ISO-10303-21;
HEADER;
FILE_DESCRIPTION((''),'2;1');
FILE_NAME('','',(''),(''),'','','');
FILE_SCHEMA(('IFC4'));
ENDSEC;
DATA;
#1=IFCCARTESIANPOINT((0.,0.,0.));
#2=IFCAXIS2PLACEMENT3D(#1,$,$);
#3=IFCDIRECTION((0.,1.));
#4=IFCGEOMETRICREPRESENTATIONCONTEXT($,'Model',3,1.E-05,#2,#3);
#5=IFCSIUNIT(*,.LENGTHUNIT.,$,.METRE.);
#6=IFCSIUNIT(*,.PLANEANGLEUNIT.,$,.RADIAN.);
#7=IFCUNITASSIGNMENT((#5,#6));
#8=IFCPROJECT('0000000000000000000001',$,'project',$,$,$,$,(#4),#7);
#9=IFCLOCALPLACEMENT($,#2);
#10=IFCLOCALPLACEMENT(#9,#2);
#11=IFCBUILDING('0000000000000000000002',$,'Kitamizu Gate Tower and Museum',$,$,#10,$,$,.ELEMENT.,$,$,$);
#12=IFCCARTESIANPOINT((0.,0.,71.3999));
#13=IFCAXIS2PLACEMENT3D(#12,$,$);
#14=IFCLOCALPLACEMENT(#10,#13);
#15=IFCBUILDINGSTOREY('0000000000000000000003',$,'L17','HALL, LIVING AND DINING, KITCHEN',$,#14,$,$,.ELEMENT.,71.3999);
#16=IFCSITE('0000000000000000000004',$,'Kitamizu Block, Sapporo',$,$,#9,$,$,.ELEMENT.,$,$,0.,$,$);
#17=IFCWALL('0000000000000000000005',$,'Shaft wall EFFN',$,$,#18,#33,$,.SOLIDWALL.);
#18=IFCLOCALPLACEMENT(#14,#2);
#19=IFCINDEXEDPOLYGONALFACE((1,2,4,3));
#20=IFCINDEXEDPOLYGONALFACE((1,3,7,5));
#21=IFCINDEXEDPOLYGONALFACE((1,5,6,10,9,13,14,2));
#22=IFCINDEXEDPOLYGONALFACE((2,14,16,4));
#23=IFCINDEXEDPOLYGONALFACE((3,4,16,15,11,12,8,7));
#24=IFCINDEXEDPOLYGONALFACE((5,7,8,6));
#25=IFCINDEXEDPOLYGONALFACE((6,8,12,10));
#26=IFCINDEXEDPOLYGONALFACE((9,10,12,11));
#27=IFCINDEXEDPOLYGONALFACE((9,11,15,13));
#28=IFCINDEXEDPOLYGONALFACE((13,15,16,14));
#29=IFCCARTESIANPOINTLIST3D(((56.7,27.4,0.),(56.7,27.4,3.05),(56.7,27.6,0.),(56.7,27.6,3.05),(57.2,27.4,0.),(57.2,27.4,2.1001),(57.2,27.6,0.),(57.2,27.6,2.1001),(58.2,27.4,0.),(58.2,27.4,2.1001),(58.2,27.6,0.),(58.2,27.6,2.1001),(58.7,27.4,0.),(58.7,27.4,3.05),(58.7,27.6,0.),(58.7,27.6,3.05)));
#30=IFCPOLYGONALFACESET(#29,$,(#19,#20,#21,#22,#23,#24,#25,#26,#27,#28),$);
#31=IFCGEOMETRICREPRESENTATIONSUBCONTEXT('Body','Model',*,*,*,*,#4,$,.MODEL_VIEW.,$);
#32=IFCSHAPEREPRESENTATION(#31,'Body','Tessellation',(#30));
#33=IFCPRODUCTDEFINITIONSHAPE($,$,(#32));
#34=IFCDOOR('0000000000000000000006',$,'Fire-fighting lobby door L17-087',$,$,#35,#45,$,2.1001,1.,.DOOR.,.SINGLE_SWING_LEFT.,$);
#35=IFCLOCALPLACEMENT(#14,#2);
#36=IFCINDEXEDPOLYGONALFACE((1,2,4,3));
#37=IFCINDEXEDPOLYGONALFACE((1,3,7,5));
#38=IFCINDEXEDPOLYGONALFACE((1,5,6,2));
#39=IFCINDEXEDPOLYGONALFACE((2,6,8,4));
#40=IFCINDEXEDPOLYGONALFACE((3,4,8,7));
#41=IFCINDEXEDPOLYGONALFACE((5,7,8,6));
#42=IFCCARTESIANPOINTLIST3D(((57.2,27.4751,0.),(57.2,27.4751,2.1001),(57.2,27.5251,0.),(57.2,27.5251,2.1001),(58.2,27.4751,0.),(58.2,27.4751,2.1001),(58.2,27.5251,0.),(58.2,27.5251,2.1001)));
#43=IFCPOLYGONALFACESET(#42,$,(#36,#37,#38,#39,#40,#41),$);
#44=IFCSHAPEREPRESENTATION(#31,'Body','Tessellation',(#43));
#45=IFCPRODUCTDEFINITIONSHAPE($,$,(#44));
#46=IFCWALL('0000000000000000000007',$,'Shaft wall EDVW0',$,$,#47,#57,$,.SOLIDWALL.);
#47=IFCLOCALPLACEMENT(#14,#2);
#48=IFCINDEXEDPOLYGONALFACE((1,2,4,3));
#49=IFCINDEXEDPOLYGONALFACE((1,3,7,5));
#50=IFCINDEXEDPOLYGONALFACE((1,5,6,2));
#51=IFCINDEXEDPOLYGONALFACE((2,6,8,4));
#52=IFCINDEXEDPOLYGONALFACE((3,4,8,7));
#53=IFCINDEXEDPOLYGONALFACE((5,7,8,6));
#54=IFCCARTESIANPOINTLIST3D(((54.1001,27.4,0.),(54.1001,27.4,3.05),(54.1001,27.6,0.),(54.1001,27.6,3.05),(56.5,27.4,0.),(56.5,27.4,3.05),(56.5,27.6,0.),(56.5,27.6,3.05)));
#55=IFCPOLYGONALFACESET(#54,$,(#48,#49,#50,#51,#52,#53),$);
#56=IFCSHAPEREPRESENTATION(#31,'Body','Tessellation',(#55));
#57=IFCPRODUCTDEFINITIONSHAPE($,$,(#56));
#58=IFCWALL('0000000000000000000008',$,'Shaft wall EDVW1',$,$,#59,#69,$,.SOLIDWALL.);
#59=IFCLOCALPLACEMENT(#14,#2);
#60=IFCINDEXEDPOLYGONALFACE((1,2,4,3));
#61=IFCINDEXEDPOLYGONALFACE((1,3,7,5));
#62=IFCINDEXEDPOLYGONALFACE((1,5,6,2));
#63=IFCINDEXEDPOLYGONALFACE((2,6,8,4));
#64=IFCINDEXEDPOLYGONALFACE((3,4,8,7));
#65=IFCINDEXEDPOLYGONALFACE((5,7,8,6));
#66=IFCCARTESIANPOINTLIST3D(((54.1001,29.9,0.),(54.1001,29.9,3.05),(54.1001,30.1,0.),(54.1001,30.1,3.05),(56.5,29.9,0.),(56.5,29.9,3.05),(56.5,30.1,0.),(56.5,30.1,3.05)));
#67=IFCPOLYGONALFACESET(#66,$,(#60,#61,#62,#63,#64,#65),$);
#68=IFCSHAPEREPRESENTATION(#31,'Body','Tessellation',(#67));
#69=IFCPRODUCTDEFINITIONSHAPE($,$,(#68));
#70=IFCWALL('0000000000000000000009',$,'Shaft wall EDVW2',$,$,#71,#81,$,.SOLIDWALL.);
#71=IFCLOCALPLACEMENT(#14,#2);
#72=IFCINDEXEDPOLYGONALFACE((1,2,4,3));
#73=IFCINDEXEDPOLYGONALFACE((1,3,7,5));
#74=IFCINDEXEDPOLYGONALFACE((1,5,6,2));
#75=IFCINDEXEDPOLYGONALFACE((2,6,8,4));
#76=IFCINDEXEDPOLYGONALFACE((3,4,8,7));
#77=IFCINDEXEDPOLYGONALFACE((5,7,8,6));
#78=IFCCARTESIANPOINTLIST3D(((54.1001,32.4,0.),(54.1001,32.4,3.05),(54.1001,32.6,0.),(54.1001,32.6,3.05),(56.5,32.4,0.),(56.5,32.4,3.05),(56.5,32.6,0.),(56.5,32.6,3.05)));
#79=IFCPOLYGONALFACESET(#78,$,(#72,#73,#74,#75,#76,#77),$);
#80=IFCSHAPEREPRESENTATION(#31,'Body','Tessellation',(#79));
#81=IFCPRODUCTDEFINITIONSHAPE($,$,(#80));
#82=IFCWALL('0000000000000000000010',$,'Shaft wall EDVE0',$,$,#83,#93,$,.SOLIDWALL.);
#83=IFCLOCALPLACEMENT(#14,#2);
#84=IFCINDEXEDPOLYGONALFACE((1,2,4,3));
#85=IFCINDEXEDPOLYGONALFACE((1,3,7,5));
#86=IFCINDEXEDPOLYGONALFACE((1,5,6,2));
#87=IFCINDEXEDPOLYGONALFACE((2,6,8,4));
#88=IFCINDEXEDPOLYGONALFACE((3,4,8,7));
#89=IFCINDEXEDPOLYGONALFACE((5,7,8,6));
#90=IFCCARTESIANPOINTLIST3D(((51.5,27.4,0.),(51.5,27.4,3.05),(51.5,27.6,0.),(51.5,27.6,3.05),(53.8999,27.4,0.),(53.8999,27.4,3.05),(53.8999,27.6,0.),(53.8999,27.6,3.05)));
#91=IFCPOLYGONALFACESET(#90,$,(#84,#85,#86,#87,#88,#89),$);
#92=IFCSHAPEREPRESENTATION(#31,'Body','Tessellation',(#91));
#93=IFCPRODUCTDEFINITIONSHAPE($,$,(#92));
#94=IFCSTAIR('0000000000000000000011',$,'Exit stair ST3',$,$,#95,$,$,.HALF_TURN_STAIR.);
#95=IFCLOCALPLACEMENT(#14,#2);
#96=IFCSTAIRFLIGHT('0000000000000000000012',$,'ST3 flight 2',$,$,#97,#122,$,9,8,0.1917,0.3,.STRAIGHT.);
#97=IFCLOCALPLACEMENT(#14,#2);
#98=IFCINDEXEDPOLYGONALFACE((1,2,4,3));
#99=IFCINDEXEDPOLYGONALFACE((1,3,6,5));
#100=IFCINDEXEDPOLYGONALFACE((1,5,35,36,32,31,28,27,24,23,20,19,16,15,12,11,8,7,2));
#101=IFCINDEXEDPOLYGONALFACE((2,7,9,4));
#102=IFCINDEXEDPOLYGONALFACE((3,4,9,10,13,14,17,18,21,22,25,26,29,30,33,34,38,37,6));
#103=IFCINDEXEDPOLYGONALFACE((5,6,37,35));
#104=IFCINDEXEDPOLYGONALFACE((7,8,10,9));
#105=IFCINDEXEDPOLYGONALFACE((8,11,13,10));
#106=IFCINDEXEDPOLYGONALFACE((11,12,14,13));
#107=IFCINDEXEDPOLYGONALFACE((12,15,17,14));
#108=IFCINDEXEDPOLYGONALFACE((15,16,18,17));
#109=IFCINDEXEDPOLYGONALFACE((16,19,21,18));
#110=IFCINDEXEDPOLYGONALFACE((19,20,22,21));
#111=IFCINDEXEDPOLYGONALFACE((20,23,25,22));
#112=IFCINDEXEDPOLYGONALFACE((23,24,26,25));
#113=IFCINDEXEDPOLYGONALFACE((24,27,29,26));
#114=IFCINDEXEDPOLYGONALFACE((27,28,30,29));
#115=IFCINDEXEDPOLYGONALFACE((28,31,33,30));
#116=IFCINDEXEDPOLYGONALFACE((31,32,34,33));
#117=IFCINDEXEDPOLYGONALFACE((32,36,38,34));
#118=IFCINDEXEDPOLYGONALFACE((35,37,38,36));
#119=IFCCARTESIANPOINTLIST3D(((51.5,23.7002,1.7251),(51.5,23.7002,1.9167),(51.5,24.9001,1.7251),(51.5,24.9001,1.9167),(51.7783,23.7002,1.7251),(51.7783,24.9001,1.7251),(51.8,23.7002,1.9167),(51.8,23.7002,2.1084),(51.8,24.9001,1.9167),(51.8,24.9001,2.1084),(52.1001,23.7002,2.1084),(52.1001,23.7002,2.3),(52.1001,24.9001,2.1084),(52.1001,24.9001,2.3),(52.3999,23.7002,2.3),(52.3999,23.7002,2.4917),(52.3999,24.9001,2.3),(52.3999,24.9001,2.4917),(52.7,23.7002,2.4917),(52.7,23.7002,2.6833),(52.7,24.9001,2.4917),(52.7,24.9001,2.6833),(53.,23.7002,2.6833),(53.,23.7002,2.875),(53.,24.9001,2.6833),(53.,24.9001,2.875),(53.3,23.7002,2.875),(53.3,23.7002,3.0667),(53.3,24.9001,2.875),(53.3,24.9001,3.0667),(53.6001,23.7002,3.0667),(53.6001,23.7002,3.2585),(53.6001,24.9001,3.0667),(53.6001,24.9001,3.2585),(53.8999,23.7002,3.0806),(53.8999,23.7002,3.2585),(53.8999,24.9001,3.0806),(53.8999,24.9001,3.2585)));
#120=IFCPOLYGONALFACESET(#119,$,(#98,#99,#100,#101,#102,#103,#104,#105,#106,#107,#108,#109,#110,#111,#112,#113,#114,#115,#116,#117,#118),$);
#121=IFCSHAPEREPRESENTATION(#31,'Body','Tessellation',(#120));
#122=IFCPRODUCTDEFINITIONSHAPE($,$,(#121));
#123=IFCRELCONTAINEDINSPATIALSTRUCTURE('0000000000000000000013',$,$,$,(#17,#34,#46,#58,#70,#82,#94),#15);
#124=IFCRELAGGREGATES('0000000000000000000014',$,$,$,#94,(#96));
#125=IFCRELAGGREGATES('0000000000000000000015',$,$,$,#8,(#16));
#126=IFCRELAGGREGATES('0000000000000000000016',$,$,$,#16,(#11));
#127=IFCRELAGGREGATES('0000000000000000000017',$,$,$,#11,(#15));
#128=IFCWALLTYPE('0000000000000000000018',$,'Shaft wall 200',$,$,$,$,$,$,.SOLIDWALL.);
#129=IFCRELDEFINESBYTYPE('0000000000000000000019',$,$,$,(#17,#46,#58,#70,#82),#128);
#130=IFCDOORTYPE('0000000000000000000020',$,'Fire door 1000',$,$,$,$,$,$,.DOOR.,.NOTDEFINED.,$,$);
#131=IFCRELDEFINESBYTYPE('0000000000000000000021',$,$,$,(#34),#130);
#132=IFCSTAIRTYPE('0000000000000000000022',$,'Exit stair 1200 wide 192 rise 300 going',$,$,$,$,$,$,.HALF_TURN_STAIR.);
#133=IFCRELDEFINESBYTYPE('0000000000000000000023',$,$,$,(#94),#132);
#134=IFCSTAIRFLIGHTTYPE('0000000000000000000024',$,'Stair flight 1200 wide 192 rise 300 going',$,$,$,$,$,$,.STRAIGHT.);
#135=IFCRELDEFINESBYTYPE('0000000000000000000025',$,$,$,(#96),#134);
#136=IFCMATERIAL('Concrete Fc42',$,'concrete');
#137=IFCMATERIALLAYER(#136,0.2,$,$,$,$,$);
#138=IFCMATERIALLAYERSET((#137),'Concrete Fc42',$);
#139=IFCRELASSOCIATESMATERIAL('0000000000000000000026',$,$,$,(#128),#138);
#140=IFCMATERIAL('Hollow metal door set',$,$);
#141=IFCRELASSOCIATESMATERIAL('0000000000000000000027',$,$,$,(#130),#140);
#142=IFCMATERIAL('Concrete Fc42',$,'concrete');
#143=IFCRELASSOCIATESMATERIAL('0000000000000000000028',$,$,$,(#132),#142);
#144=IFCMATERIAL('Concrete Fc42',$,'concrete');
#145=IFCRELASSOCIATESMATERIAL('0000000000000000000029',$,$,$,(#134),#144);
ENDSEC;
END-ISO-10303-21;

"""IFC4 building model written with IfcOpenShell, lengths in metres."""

from ifc_helpers import new_model, si_unit, direction, frame, frame_2d, origin, place, context, subcontext, project, spatial, polyline, rectangle, outline, extrude, material, layer, layer_set, type_object, element, fill, aggregate, save


model = new_model("IFC4")

# Units and contexts
model_context = context("Model", 3, precision=1e-05, world=origin(), true_north=direction((0.0, 1.0)))
body_context = subcontext(model_context, "Body", "Model", "MODEL_VIEW")
ifc_project = project(units=[si_unit("LENGTHUNIT", "METRE"), si_unit("PLANEANGLEUNIT", "RADIAN")], contexts=[model_context])

# Site, building, storey
site_placement = place(None, origin())
site = spatial("IfcSite", under=ifc_project, at=site_placement, Name="Kitamizu Block, Sapporo", CompositionType="ELEMENT", RefElevation=0.0)
building_placement = place(site_placement, origin())
building = spatial("IfcBuilding", under=site, at=building_placement, Name="Kitamizu Gate Tower and Museum", CompositionType="ELEMENT")
storey_placement = place(building_placement, frame((0.0, 0.0, 71.3999)))
storey = spatial("IfcBuildingStorey", under=building, at=storey_placement, Name="L17", Description="HALL, LIVING AND DINING, KITCHEN", CompositionType="ELEMENT", Elevation=71.3999)

# Shared definitions
ifc_material_1 = material(Name="Concrete Fc42", Category="concrete")
ifc_layer_1 = layer(ifc_material_1, 0.2)
ifc_layer_set_1 = layer_set([ifc_layer_1], Name="Concrete Fc42")
wall_type_1 = type_object("IfcWallType", Name="Shaft wall 200", PredefinedType="SOLIDWALL", material=ifc_layer_set_1)
ifc_material_2 = material(Name="Hollow metal door set")
door_type_1 = type_object("IfcDoorType", Name="Fire door 1000", OperationType="NOTDEFINED", PredefinedType="DOOR", material=ifc_material_2)

# Wall, opening, door
wall_1_placement = place(storey_placement, frame((58.7, 27.5, 0.0), z_axis=(0.0, 0.0, 1.0), x_axis=(-1.0, 0.0, 0.0)))
wall_1 = element("IfcWall", 1, at=wall_1_placement, inside=storey, type_object=wall_type_1, Name="Shaft wall EFFN", PredefinedType="SOLIDWALL", context=body_context, shape_type="SweptSolid", body=[
    extrude(rectangle(XDim=2.0, YDim=0.2, at=frame_2d((1.0, 0.0))), origin(), (0.0, 0.0, 1.0), 3.05),
])
opening_1_placement = place(wall_1_placement, frame((0.5, 0.0, 0.0)))
opening_1 = element("IfcOpeningElement", 2, at=opening_1_placement, cuts=wall_1, PredefinedType="OPENING", context=body_context, shape_type="SweptSolid", body=[
    extrude(rectangle(XDim=1.0, YDim=2.1001, at=frame_2d((0.5, 1.05))), frame((0.0, 0.1099, 0.0), z_axis=(0.0, -1.0, 0.0), x_axis=(1.0, 0.0, 0.0)), (0.0, 0.0, 1.0), 0.22),
])
door_1_placement = place(opening_1_placement, origin())
door_1 = element("IfcDoor", 3, at=door_1_placement, inside=storey, type_object=door_type_1, Name="Fire-fighting lobby door L17-087", OperationType="SINGLE_SWING_LEFT", OverallHeight=2.1001, OverallWidth=1.0, PredefinedType="DOOR", context=body_context, shape_type="SweptSolid", body=[
    extrude(rectangle(XDim=1.0, YDim=2.1001, at=frame_2d((0.5, 1.05))), frame((0.0, 0.0249, 0.0), z_axis=(0.0, -1.0, 0.0), x_axis=(1.0, 0.0, 0.0)), (0.0, 0.0, 1.0), 0.05),
])
fill(opening_1, door_1)

# Walls
for number, where, z_axis, x_axis, name in (
    (4, (56.5, 27.5, 0.0), (0.0, 0.0, 1.0), (-1.0, 0.0, 0.0), "Shaft wall EDVW0"),
    (5, (56.5, 30.0, 0.0), (0.0, 0.0, 1.0), (-1.0, 0.0, 0.0), "Shaft wall EDVW1"),
    (6, (56.5, 32.5, 0.0), (0.0, 0.0, 1.0), (-1.0, 0.0, 0.0), "Shaft wall EDVW2"),
    (7, (53.8999, 27.5, 0.0), (0.0, 0.0, 1.0), (-1.0, 0.0, 0.0), "Shaft wall EDVE0"),
):
    element("IfcWall", number, at=place(storey_placement, frame(where, z_axis=z_axis, x_axis=x_axis)), inside=storey, type_object=wall_type_1, Name=name, PredefinedType="SOLIDWALL", context=body_context, shape_type="SweptSolid", body=[
        extrude(rectangle(XDim=2.3999, YDim=0.2, at=frame_2d((1.2, 0.0))), origin(), (0.0, 0.0, 1.0), 3.05),
    ])

# Stair, stair flight
ifc_material_3 = material(Name="Concrete Fc42", Category="concrete")
stair_type = type_object("IfcStairType", Name="Exit stair 1200 wide 192 rise 300 going", PredefinedType="HALF_TURN_STAIR", material=ifc_material_3)
stair_placement = place(storey_placement, origin())
stair = element("IfcStair", 8, at=stair_placement, inside=storey, type_object=stair_type, Name="Exit stair ST3", PredefinedType="HALF_TURN_STAIR")
ifc_material_4 = material(Name="Concrete Fc42", Category="concrete")
stair_flight_type = type_object("IfcStairFlightType", Name="Stair flight 1200 wide 192 rise 300 going", PredefinedType="STRAIGHT", material=ifc_material_4)
stair_flight_placement = place(storey_placement, frame((51.5, 24.3, 1.7251), z_axis=(0.0, 0.0, 1.0), x_axis=(1.0, 0.0, 0.0)))
stair_flight = element("IfcStairFlight", 9, at=stair_flight_placement, type_object=stair_flight_type, Name="ST3 flight 2", NumberOfRisers=9, NumberOfTreads=8, PredefinedType="STRAIGHT", RiserHeight=0.1917, TreadLength=0.3, context=body_context, shape_type="SweptSolid", body=[
    extrude(outline(polyline([(0.0, 0.0), (0.0, 0.1917), (0.3, 0.1917), (0.3, 0.3833), (0.6001, 0.3833), (0.6001, 0.575), (0.8999, 0.575), (0.8999, 0.7666), (1.2, 0.7666), (1.2, 0.9583), (1.5, 0.9583), (1.5, 1.1499), (1.8, 1.1499), (1.8, 1.3416), (2.1001, 1.3416), (2.1001, 1.5334), (2.3999, 1.5334), (2.3999, 1.7251), (2.3999, 1.3555), (0.2783, 0.0), (0.0, 0.0)])), frame((0.0, 0.6001, 0.0), z_axis=(0.0, -1.0, 0.0), x_axis=(1.0, 0.0, 0.0)), (0.0, 0.0, 1.0), 1.2),
])
aggregate(stair, [stair_flight])

save(model, "model.ifc")
